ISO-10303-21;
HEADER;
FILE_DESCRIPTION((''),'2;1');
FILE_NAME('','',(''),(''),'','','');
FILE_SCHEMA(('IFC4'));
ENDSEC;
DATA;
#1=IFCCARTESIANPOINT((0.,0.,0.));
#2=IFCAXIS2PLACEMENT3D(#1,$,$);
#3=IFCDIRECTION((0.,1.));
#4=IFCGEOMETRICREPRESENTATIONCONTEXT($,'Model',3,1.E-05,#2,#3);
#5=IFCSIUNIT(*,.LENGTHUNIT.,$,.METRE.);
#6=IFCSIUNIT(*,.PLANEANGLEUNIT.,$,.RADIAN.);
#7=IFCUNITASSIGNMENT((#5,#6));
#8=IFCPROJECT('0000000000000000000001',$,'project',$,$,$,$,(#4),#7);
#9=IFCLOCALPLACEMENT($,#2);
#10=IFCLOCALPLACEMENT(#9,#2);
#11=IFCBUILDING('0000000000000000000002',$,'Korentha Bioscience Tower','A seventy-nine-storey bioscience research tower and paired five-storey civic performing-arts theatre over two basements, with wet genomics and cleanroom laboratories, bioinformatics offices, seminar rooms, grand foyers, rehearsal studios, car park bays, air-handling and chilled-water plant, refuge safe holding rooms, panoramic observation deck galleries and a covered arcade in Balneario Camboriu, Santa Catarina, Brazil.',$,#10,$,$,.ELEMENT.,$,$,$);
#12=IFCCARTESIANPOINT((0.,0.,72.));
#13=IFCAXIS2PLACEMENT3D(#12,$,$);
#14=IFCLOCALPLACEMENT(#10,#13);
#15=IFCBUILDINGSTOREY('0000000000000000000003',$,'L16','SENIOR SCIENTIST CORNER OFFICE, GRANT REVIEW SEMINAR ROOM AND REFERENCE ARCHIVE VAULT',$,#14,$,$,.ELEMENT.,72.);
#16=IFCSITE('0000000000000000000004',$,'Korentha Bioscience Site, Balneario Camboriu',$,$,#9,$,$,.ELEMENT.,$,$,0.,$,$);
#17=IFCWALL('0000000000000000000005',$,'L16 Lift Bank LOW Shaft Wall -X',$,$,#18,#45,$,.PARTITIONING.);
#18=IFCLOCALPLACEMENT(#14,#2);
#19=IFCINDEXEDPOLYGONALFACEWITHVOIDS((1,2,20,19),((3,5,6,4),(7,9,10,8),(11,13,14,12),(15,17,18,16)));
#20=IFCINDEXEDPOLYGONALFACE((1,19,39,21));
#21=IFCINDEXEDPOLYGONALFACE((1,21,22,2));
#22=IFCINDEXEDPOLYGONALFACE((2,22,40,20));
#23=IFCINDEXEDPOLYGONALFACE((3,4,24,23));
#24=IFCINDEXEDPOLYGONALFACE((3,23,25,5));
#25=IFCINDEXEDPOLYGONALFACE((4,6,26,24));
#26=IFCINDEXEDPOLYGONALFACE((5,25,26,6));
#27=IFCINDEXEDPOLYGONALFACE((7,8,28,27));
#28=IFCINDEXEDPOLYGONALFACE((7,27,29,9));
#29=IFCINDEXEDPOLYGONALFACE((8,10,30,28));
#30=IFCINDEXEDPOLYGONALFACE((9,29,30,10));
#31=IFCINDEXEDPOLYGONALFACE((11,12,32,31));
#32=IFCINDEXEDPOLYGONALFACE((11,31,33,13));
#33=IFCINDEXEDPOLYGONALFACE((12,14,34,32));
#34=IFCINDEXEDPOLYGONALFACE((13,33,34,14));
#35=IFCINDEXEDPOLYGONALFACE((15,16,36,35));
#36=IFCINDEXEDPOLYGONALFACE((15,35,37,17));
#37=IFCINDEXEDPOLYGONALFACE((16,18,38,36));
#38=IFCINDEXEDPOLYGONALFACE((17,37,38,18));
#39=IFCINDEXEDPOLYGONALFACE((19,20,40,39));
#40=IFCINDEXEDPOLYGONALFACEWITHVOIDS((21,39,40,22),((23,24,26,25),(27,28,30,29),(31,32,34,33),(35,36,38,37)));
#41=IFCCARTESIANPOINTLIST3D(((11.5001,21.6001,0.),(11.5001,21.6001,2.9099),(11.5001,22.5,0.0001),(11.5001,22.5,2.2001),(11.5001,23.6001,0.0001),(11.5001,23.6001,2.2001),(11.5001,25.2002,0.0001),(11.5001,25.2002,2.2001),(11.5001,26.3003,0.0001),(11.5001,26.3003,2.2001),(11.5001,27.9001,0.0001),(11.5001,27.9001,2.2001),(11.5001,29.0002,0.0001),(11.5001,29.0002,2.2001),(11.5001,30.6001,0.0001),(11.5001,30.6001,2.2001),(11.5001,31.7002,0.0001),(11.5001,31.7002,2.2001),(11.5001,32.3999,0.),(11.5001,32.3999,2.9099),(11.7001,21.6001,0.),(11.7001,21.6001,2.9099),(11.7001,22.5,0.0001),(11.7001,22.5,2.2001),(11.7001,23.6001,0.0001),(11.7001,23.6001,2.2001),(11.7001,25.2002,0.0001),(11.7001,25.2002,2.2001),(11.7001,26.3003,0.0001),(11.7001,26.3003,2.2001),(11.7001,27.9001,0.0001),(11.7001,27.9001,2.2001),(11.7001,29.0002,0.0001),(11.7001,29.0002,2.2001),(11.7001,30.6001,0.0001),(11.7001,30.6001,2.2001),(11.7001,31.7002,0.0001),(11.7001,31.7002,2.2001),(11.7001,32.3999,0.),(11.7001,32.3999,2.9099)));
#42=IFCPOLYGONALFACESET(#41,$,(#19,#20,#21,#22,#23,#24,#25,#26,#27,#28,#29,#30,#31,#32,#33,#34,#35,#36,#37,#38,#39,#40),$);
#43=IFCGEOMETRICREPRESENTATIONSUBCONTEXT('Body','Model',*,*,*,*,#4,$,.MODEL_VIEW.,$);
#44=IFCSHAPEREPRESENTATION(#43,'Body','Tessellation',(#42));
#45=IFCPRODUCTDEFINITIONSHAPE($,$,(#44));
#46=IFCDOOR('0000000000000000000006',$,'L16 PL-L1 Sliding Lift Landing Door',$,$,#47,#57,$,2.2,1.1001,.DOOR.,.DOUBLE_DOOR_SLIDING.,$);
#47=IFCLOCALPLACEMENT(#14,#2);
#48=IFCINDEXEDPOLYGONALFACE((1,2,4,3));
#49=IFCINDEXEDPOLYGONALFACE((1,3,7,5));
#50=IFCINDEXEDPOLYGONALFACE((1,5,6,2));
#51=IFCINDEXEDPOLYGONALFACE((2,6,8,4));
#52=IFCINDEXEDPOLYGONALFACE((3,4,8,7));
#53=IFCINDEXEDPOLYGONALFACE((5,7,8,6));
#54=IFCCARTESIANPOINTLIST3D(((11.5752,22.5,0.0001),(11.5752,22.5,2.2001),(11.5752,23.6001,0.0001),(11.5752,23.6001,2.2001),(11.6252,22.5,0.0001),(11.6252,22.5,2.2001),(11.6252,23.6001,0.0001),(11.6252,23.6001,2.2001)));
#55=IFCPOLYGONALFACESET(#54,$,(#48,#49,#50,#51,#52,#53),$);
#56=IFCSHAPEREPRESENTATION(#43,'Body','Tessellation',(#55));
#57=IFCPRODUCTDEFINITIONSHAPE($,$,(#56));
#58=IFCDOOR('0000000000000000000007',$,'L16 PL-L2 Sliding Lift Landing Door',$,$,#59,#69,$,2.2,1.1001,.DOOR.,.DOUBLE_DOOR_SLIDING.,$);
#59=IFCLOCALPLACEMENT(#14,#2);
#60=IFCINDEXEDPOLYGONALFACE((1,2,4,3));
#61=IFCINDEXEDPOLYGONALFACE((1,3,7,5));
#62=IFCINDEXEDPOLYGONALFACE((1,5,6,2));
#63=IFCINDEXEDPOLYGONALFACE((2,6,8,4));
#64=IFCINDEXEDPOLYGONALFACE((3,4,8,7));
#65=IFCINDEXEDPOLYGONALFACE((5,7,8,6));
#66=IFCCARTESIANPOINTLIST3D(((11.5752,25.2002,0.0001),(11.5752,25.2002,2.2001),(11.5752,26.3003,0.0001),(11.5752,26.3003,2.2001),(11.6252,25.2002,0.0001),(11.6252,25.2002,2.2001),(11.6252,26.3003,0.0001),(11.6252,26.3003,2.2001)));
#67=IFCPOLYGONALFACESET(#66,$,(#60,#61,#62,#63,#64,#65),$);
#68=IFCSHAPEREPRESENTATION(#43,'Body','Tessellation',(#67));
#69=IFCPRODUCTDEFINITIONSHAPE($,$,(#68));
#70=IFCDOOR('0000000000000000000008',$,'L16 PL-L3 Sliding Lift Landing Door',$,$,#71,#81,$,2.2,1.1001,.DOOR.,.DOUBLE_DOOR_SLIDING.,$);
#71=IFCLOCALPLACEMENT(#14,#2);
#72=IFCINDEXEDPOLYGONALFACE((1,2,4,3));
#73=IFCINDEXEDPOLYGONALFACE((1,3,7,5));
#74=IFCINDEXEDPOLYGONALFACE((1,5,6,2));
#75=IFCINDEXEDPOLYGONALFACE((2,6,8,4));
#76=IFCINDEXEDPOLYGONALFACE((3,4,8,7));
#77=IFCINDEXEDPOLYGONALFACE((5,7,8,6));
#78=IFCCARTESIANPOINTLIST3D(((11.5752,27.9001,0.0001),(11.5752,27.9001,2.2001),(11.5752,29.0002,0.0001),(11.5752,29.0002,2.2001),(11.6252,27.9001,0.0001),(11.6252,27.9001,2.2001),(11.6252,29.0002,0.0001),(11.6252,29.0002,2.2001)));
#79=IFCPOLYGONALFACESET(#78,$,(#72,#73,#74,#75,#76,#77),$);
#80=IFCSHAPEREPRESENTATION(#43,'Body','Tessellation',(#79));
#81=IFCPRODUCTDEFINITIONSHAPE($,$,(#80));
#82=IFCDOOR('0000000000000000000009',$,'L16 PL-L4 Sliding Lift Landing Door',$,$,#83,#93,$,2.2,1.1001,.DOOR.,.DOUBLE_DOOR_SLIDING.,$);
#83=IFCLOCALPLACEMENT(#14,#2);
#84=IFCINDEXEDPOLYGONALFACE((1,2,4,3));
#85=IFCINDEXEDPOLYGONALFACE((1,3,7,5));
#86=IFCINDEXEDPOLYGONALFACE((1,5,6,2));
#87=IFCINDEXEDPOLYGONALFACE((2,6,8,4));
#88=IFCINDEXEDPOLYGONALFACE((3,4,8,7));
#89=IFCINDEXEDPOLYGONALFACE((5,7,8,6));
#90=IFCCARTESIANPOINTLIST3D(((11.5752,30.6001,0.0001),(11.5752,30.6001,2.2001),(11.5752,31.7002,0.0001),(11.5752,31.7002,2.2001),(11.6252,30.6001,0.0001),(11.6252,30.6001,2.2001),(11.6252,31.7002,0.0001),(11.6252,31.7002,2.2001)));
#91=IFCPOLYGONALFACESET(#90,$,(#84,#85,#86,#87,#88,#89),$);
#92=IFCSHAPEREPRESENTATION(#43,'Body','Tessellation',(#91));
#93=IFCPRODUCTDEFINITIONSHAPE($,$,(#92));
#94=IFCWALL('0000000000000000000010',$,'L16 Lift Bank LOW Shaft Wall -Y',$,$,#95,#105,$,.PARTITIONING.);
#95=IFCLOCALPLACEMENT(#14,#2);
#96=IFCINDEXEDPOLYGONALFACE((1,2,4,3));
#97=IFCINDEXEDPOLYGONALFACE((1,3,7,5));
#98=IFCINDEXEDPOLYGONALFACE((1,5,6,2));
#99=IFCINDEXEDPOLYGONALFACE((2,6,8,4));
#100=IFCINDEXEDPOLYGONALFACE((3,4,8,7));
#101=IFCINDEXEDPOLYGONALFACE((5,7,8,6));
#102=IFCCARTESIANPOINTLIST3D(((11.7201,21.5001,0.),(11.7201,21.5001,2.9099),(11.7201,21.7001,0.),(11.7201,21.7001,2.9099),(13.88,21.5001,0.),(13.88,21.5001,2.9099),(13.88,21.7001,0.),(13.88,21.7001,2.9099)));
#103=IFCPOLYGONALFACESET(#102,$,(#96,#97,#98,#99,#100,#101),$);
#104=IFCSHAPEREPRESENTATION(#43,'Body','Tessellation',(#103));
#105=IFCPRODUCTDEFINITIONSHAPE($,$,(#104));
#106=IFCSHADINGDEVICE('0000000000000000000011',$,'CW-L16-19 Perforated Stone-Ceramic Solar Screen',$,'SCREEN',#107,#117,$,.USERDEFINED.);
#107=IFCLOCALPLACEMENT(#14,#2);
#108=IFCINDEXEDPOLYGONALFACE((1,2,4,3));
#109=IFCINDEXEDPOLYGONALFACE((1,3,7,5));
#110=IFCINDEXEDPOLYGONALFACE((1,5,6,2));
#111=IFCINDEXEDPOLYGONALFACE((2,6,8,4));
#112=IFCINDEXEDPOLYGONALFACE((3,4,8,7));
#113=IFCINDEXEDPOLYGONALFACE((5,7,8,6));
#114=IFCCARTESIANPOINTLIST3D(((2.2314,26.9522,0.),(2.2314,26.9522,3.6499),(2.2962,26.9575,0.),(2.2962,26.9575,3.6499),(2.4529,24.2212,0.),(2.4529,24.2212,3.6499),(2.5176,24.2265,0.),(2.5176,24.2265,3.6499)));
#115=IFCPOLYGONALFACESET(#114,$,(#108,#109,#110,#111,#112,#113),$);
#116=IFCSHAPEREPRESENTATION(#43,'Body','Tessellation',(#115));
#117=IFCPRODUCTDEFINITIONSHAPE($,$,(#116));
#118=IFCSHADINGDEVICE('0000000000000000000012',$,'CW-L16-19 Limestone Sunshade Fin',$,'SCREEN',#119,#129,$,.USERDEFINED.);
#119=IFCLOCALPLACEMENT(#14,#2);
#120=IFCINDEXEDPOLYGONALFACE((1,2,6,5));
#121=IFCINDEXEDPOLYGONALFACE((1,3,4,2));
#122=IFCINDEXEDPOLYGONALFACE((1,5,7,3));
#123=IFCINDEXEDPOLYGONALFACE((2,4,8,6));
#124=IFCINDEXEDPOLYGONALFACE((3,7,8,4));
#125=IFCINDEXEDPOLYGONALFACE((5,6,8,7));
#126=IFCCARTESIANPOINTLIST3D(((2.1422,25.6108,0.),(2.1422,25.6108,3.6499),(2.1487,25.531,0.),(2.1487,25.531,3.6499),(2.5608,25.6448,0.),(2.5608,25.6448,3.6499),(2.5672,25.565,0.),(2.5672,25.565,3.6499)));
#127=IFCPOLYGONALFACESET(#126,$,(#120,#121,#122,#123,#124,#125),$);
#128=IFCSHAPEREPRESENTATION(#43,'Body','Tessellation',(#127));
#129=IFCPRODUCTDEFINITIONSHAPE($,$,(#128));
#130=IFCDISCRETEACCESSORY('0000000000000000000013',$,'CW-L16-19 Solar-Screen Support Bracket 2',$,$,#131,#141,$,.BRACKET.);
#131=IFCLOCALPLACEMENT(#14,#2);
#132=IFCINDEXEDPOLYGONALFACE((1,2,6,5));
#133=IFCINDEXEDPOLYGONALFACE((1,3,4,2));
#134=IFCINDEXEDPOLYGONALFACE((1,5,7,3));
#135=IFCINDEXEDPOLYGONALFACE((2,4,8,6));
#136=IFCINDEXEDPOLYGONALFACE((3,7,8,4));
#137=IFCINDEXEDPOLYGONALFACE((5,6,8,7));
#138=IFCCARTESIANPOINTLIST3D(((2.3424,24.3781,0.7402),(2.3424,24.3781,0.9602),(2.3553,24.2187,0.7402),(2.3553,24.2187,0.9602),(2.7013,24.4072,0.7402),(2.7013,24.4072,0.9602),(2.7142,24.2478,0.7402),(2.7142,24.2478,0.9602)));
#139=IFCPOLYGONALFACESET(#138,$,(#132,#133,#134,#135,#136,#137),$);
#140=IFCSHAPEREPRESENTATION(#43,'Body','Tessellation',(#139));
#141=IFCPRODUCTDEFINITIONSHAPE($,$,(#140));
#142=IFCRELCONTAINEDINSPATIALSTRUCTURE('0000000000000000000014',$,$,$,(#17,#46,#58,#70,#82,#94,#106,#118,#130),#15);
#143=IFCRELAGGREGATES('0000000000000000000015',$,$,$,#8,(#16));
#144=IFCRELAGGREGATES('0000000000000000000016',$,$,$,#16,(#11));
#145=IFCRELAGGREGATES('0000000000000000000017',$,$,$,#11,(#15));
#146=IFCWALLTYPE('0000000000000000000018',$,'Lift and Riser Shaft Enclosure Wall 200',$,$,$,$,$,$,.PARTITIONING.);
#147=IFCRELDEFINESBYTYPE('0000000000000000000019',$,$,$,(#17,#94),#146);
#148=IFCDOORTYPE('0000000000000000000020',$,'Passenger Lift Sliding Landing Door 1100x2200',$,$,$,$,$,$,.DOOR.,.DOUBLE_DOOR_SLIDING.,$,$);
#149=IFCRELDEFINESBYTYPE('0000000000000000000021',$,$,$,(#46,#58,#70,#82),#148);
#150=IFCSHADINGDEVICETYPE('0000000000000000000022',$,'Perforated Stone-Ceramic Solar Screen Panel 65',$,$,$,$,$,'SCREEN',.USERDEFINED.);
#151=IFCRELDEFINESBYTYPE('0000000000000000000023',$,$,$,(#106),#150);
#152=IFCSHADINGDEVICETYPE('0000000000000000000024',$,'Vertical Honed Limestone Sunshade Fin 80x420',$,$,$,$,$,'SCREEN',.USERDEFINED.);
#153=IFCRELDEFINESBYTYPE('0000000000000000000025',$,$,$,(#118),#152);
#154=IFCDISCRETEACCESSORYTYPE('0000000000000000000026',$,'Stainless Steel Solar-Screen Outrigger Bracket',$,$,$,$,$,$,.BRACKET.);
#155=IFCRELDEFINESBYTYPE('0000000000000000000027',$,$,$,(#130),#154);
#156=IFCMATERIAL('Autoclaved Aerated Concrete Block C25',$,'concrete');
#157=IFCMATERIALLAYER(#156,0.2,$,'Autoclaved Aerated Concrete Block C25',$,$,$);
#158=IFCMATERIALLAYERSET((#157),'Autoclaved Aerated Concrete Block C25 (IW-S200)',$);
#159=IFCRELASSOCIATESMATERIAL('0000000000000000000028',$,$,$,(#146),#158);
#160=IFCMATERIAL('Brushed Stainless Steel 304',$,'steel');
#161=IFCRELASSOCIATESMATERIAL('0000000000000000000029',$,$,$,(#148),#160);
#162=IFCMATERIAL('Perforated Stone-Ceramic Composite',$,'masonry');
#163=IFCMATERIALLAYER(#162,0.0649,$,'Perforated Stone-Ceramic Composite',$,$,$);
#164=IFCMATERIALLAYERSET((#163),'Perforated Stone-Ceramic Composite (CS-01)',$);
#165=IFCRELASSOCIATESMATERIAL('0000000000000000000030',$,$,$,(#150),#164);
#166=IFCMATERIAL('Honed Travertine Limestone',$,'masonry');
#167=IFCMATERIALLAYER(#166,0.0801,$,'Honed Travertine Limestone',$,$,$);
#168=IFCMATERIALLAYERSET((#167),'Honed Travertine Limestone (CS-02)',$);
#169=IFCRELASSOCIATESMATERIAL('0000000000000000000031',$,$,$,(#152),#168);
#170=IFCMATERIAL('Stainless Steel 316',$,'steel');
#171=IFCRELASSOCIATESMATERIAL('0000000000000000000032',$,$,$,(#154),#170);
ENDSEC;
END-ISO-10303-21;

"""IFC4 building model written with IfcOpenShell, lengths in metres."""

from ifc_helpers import new_model, si_unit, direction, frame, frame_2d, origin, origin_2d, place, context, subcontext, project, spatial, rectangle, extrude, material, layer, layer_set, type_object, element, fill, save


model = new_model("IFC4")

# Units and contexts
model_context = context("Model", 3, precision=1e-05, world=origin(), true_north=direction((0.0, 1.0)))
body_context = subcontext(model_context, "Body", "Model", "MODEL_VIEW")
ifc_project = project(units=[si_unit("LENGTHUNIT", "METRE"), si_unit("PLANEANGLEUNIT", "RADIAN")], contexts=[model_context])

# Site, building, storey
site_placement = place(None, origin())
site = spatial("IfcSite", under=ifc_project, at=site_placement, Name="Korentha Bioscience Site, Balneario Camboriu", CompositionType="ELEMENT", RefElevation=0.0)
building_placement = place(site_placement, origin())
building = spatial("IfcBuilding", under=site, at=building_placement, Name="Korentha Bioscience Tower", Description="A seventy-nine-storey bioscience research tower and paired five-storey civic performing-arts theatre over two basements, with wet genomics and cleanroom laboratories, bioinformatics offices, seminar rooms, grand foyers, rehearsal studios, car park bays, air-handling and chilled-water plant, refuge safe holding rooms, panoramic observation deck galleries and a covered arcade in Balneario Camboriu, Santa Catarina, Brazil.", CompositionType="ELEMENT")
storey_placement = place(building_placement, frame((0.0, 0.0, 72.0)))
storey = spatial("IfcBuildingStorey", under=building, at=storey_placement, Name="L16", Description="SENIOR SCIENTIST CORNER OFFICE, GRANT REVIEW SEMINAR ROOM AND REFERENCE ARCHIVE VAULT", CompositionType="ELEMENT", Elevation=72.0)

# Wall, openings, doors
ifc_material_1 = material(Name="Autoclaved Aerated Concrete Block C25", Category="concrete")
ifc_layer_1 = layer(ifc_material_1, 0.2, Name="Autoclaved Aerated Concrete Block C25")
ifc_layer_set_1 = layer_set([ifc_layer_1], Name="Autoclaved Aerated Concrete Block C25 (IW-S200)")
wall_type_1 = type_object("IfcWallType", Name="Lift and Riser Shaft Enclosure Wall 200", PredefinedType="PARTITIONING", material=ifc_layer_set_1)
wall_1_placement = place(storey_placement, frame((11.6001, 21.6001, 0.0), z_axis=(0.0, 0.0, 1.0), x_axis=(0.0, 1.0, 0.0)))
wall_1 = element("IfcWall", 1, at=wall_1_placement, inside=storey, type_object=wall_type_1, Name="L16 Lift Bank LOW Shaft Wall -X", PredefinedType="PARTITIONING", context=body_context, shape_type="SweptSolid", body=[
    extrude(rectangle(XDim=10.7998, YDim=0.2, at=frame_2d((5.3999, 0.0))), origin(), (0.0, 0.0, 1.0), 2.9099),
])
opening_1_placement = place(wall_1_placement, frame((0.8999, 0.0, 0.0)))
opening_1 = element("IfcOpeningElement", 2, at=opening_1_placement, cuts=wall_1, PredefinedType="OPENING", context=body_context, shape_type="SweptSolid", body=[
    extrude(rectangle(XDim=1.1001, YDim=2.2, at=frame_2d((0.55, 1.1001))), frame((0.0, 0.1147, 0.0), z_axis=(0.0, -1.0, 0.0), x_axis=(1.0, 0.0, 0.0)), (0.0, 0.0, 1.0), 0.2297),
])
opening_2_placement = place(wall_1_placement, frame((3.6001, 0.0, 0.0)))
opening_2 = element("IfcOpeningElement", 3, at=opening_2_placement, cuts=wall_1, PredefinedType="OPENING", context=body_context, shape_type="SweptSolid", body=[
    extrude(rectangle(XDim=1.1001, YDim=2.2, at=frame_2d((0.55, 1.1001))), frame((0.0, 0.1147, 0.0), z_axis=(0.0, -1.0, 0.0), x_axis=(1.0, 0.0, 0.0)), (0.0, 0.0, 1.0), 0.2297),
])
opening_3_placement = place(wall_1_placement, frame((6.3, 0.0, 0.0)))
opening_3 = element("IfcOpeningElement", 4, at=opening_3_placement, cuts=wall_1, PredefinedType="OPENING", context=body_context, shape_type="SweptSolid", body=[
    extrude(rectangle(XDim=1.1001, YDim=2.2, at=frame_2d((0.55, 1.1001))), frame((0.0, 0.1147, 0.0), z_axis=(0.0, -1.0, 0.0), x_axis=(1.0, 0.0, 0.0)), (0.0, 0.0, 1.0), 0.2297),
])
opening_4_placement = place(wall_1_placement, frame((9.0, 0.0, 0.0)))
opening_4 = element("IfcOpeningElement", 5, at=opening_4_placement, cuts=wall_1, PredefinedType="OPENING", context=body_context, shape_type="SweptSolid", body=[
    extrude(rectangle(XDim=1.1001, YDim=2.2, at=frame_2d((0.55, 1.1001))), frame((0.0, 0.1147, 0.0), z_axis=(0.0, -1.0, 0.0), x_axis=(1.0, 0.0, 0.0)), (0.0, 0.0, 1.0), 0.2297),
])
ifc_material_2 = material(Name="Brushed Stainless Steel 304", Category="steel")
door_type_1 = type_object("IfcDoorType", Name="Passenger Lift Sliding Landing Door 1100x2200", OperationType="DOUBLE_DOOR_SLIDING", PredefinedType="DOOR", material=ifc_material_2)
door_1_placement = place(opening_1_placement, origin())
door_1 = element("IfcDoor", 6, at=door_1_placement, inside=storey, type_object=door_type_1, Name="L16 PL-L1 Sliding Lift Landing Door", OperationType="DOUBLE_DOOR_SLIDING", OverallHeight=2.2, OverallWidth=1.1001, PredefinedType="DOOR", context=body_context, shape_type="SweptSolid", body=[
    extrude(rectangle(XDim=1.1001, YDim=2.2, at=frame_2d((0.55, 1.1001))), frame((0.0, 0.0249, 0.0), z_axis=(0.0, -1.0, 0.0), x_axis=(1.0, 0.0, 0.0)), (0.0, 0.0, 1.0), 0.05),
])
fill(opening_1, door_1)
door_2_placement = place(opening_2_placement, origin())
door_2 = element("IfcDoor", 7, at=door_2_placement, inside=storey, type_object=door_type_1, Name="L16 PL-L2 Sliding Lift Landing Door", OperationType="DOUBLE_DOOR_SLIDING", OverallHeight=2.2, OverallWidth=1.1001, PredefinedType="DOOR", context=body_context, shape_type="SweptSolid", body=[
    extrude(rectangle(XDim=1.1001, YDim=2.2, at=frame_2d((0.55, 1.1001))), frame((0.0, 0.0249, 0.0), z_axis=(0.0, -1.0, 0.0), x_axis=(1.0, 0.0, 0.0)), (0.0, 0.0, 1.0), 0.05),
])
fill(opening_2, door_2)
door_3_placement = place(opening_3_placement, origin())
door_3 = element("IfcDoor", 8, at=door_3_placement, inside=storey, type_object=door_type_1, Name="L16 PL-L3 Sliding Lift Landing Door", OperationType="DOUBLE_DOOR_SLIDING", OverallHeight=2.2, OverallWidth=1.1001, PredefinedType="DOOR", context=body_context, shape_type="SweptSolid", body=[
    extrude(rectangle(XDim=1.1001, YDim=2.2, at=frame_2d((0.55, 1.1001))), frame((0.0, 0.0249, 0.0), z_axis=(0.0, -1.0, 0.0), x_axis=(1.0, 0.0, 0.0)), (0.0, 0.0, 1.0), 0.05),
])
fill(opening_3, door_3)
door_4_placement = place(opening_4_placement, origin())
door_4 = element("IfcDoor", 9, at=door_4_placement, inside=storey, type_object=door_type_1, Name="L16 PL-L4 Sliding Lift Landing Door", OperationType="DOUBLE_DOOR_SLIDING", OverallHeight=2.2, OverallWidth=1.1001, PredefinedType="DOOR", context=body_context, shape_type="SweptSolid", body=[
    extrude(rectangle(XDim=1.1001, YDim=2.2, at=frame_2d((0.55, 1.1001))), frame((0.0, 0.0249, 0.0), z_axis=(0.0, -1.0, 0.0), x_axis=(1.0, 0.0, 0.0)), (0.0, 0.0, 1.0), 0.05),
])
fill(opening_4, door_4)

# Wall
wall_2_placement = place(storey_placement, frame((11.72, 21.6001, 0.0), z_axis=(0.0, 0.0, 1.0), x_axis=(1.0, 0.0, 0.0)))
element("IfcWall", 10, at=wall_2_placement, inside=storey, type_object=wall_type_1, Name="L16 Lift Bank LOW Shaft Wall -Y", PredefinedType="PARTITIONING", context=body_context, shape_type="SweptSolid", body=[
    extrude(rectangle(XDim=2.1599, YDim=0.2, at=frame_2d((1.0801, 0.0))), origin(), (0.0, 0.0, 1.0), 2.9099),
])

# Shading devices
ifc_material_3 = material(Name="Perforated Stone-Ceramic Composite", Category="masonry")
ifc_layer_2 = layer(ifc_material_3, 0.0649, Name="Perforated Stone-Ceramic Composite")
ifc_layer_set_2 = layer_set([ifc_layer_2], Name="Perforated Stone-Ceramic Composite (CS-01)")
shading_device_type_1 = type_object("IfcShadingDeviceType", Name="Perforated Stone-Ceramic Solar Screen Panel 65", ElementType="SCREEN", PredefinedType="USERDEFINED", material=ifc_layer_set_2)
shading_device_1_placement = place(storey_placement, frame((2.3745, 25.5894, 0.0), z_axis=(0.0, 0.0, 1.0), x_axis=(0.08082, -0.996729, 0.0)))
element("IfcShadingDevice", 11, at=shading_device_1_placement, inside=storey, type_object=shading_device_type_1, Name="CW-L16-19 Perforated Stone-Ceramic Solar Screen", ObjectType="SCREEN", PredefinedType="USERDEFINED", context=body_context, shape_type="SweptSolid", body=[
    extrude(rectangle(XDim=2.74, YDim=0.0649, at=origin_2d()), origin(), (0.0, 0.0, 1.0), 3.6499),
])
ifc_material_4 = material(Name="Honed Travertine Limestone", Category="masonry")
ifc_layer_3 = layer(ifc_material_4, 0.0801, Name="Honed Travertine Limestone")
ifc_layer_set_3 = layer_set([ifc_layer_3], Name="Honed Travertine Limestone (CS-02)")
shading_device_type_2 = type_object("IfcShadingDeviceType", Name="Vertical Honed Limestone Sunshade Fin 80x420", ElementType="SCREEN", PredefinedType="USERDEFINED", material=ifc_layer_set_3)
shading_device_2_placement = place(storey_placement, frame((2.3547, 25.5879, 0.0), z_axis=(0.0, 0.0, 1.0), x_axis=(0.08082, -0.996729, 0.0)))
element("IfcShadingDevice", 12, at=shading_device_2_placement, inside=storey, type_object=shading_device_type_2, Name="CW-L16-19 Limestone Sunshade Fin", ObjectType="SCREEN", PredefinedType="USERDEFINED", context=body_context, shape_type="SweptSolid", body=[
    extrude(rectangle(XDim=0.0801, YDim=0.4199, at=origin_2d()), origin(), (0.0, 0.0, 1.0), 3.6499),
])

# Discrete accessory
ifc_material_5 = material(Name="Stainless Steel 316", Category="steel")
discrete_accessory_type = type_object("IfcDiscreteAccessoryType", Name="Stainless Steel Solar-Screen Outrigger Bracket", PredefinedType="BRACKET", material=ifc_material_5)
discrete_accessory_placement = place(storey_placement, frame((2.5283, 24.313, 0.7402), z_axis=(0.0, 0.0, 1.0), x_axis=(0.08082, -0.996729, 0.0)))
element("IfcDiscreteAccessory", 13, at=discrete_accessory_placement, inside=storey, type_object=discrete_accessory_type, Name="CW-L16-19 Solar-Screen Support Bracket 2", PredefinedType="BRACKET", context=body_context, shape_type="SweptSolid", body=[
    extrude(rectangle(XDim=0.1599, YDim=0.3601, at=origin_2d()), origin(), (0.0, 0.0, 1.0), 0.22),
])

save(model, "model.ifc")
